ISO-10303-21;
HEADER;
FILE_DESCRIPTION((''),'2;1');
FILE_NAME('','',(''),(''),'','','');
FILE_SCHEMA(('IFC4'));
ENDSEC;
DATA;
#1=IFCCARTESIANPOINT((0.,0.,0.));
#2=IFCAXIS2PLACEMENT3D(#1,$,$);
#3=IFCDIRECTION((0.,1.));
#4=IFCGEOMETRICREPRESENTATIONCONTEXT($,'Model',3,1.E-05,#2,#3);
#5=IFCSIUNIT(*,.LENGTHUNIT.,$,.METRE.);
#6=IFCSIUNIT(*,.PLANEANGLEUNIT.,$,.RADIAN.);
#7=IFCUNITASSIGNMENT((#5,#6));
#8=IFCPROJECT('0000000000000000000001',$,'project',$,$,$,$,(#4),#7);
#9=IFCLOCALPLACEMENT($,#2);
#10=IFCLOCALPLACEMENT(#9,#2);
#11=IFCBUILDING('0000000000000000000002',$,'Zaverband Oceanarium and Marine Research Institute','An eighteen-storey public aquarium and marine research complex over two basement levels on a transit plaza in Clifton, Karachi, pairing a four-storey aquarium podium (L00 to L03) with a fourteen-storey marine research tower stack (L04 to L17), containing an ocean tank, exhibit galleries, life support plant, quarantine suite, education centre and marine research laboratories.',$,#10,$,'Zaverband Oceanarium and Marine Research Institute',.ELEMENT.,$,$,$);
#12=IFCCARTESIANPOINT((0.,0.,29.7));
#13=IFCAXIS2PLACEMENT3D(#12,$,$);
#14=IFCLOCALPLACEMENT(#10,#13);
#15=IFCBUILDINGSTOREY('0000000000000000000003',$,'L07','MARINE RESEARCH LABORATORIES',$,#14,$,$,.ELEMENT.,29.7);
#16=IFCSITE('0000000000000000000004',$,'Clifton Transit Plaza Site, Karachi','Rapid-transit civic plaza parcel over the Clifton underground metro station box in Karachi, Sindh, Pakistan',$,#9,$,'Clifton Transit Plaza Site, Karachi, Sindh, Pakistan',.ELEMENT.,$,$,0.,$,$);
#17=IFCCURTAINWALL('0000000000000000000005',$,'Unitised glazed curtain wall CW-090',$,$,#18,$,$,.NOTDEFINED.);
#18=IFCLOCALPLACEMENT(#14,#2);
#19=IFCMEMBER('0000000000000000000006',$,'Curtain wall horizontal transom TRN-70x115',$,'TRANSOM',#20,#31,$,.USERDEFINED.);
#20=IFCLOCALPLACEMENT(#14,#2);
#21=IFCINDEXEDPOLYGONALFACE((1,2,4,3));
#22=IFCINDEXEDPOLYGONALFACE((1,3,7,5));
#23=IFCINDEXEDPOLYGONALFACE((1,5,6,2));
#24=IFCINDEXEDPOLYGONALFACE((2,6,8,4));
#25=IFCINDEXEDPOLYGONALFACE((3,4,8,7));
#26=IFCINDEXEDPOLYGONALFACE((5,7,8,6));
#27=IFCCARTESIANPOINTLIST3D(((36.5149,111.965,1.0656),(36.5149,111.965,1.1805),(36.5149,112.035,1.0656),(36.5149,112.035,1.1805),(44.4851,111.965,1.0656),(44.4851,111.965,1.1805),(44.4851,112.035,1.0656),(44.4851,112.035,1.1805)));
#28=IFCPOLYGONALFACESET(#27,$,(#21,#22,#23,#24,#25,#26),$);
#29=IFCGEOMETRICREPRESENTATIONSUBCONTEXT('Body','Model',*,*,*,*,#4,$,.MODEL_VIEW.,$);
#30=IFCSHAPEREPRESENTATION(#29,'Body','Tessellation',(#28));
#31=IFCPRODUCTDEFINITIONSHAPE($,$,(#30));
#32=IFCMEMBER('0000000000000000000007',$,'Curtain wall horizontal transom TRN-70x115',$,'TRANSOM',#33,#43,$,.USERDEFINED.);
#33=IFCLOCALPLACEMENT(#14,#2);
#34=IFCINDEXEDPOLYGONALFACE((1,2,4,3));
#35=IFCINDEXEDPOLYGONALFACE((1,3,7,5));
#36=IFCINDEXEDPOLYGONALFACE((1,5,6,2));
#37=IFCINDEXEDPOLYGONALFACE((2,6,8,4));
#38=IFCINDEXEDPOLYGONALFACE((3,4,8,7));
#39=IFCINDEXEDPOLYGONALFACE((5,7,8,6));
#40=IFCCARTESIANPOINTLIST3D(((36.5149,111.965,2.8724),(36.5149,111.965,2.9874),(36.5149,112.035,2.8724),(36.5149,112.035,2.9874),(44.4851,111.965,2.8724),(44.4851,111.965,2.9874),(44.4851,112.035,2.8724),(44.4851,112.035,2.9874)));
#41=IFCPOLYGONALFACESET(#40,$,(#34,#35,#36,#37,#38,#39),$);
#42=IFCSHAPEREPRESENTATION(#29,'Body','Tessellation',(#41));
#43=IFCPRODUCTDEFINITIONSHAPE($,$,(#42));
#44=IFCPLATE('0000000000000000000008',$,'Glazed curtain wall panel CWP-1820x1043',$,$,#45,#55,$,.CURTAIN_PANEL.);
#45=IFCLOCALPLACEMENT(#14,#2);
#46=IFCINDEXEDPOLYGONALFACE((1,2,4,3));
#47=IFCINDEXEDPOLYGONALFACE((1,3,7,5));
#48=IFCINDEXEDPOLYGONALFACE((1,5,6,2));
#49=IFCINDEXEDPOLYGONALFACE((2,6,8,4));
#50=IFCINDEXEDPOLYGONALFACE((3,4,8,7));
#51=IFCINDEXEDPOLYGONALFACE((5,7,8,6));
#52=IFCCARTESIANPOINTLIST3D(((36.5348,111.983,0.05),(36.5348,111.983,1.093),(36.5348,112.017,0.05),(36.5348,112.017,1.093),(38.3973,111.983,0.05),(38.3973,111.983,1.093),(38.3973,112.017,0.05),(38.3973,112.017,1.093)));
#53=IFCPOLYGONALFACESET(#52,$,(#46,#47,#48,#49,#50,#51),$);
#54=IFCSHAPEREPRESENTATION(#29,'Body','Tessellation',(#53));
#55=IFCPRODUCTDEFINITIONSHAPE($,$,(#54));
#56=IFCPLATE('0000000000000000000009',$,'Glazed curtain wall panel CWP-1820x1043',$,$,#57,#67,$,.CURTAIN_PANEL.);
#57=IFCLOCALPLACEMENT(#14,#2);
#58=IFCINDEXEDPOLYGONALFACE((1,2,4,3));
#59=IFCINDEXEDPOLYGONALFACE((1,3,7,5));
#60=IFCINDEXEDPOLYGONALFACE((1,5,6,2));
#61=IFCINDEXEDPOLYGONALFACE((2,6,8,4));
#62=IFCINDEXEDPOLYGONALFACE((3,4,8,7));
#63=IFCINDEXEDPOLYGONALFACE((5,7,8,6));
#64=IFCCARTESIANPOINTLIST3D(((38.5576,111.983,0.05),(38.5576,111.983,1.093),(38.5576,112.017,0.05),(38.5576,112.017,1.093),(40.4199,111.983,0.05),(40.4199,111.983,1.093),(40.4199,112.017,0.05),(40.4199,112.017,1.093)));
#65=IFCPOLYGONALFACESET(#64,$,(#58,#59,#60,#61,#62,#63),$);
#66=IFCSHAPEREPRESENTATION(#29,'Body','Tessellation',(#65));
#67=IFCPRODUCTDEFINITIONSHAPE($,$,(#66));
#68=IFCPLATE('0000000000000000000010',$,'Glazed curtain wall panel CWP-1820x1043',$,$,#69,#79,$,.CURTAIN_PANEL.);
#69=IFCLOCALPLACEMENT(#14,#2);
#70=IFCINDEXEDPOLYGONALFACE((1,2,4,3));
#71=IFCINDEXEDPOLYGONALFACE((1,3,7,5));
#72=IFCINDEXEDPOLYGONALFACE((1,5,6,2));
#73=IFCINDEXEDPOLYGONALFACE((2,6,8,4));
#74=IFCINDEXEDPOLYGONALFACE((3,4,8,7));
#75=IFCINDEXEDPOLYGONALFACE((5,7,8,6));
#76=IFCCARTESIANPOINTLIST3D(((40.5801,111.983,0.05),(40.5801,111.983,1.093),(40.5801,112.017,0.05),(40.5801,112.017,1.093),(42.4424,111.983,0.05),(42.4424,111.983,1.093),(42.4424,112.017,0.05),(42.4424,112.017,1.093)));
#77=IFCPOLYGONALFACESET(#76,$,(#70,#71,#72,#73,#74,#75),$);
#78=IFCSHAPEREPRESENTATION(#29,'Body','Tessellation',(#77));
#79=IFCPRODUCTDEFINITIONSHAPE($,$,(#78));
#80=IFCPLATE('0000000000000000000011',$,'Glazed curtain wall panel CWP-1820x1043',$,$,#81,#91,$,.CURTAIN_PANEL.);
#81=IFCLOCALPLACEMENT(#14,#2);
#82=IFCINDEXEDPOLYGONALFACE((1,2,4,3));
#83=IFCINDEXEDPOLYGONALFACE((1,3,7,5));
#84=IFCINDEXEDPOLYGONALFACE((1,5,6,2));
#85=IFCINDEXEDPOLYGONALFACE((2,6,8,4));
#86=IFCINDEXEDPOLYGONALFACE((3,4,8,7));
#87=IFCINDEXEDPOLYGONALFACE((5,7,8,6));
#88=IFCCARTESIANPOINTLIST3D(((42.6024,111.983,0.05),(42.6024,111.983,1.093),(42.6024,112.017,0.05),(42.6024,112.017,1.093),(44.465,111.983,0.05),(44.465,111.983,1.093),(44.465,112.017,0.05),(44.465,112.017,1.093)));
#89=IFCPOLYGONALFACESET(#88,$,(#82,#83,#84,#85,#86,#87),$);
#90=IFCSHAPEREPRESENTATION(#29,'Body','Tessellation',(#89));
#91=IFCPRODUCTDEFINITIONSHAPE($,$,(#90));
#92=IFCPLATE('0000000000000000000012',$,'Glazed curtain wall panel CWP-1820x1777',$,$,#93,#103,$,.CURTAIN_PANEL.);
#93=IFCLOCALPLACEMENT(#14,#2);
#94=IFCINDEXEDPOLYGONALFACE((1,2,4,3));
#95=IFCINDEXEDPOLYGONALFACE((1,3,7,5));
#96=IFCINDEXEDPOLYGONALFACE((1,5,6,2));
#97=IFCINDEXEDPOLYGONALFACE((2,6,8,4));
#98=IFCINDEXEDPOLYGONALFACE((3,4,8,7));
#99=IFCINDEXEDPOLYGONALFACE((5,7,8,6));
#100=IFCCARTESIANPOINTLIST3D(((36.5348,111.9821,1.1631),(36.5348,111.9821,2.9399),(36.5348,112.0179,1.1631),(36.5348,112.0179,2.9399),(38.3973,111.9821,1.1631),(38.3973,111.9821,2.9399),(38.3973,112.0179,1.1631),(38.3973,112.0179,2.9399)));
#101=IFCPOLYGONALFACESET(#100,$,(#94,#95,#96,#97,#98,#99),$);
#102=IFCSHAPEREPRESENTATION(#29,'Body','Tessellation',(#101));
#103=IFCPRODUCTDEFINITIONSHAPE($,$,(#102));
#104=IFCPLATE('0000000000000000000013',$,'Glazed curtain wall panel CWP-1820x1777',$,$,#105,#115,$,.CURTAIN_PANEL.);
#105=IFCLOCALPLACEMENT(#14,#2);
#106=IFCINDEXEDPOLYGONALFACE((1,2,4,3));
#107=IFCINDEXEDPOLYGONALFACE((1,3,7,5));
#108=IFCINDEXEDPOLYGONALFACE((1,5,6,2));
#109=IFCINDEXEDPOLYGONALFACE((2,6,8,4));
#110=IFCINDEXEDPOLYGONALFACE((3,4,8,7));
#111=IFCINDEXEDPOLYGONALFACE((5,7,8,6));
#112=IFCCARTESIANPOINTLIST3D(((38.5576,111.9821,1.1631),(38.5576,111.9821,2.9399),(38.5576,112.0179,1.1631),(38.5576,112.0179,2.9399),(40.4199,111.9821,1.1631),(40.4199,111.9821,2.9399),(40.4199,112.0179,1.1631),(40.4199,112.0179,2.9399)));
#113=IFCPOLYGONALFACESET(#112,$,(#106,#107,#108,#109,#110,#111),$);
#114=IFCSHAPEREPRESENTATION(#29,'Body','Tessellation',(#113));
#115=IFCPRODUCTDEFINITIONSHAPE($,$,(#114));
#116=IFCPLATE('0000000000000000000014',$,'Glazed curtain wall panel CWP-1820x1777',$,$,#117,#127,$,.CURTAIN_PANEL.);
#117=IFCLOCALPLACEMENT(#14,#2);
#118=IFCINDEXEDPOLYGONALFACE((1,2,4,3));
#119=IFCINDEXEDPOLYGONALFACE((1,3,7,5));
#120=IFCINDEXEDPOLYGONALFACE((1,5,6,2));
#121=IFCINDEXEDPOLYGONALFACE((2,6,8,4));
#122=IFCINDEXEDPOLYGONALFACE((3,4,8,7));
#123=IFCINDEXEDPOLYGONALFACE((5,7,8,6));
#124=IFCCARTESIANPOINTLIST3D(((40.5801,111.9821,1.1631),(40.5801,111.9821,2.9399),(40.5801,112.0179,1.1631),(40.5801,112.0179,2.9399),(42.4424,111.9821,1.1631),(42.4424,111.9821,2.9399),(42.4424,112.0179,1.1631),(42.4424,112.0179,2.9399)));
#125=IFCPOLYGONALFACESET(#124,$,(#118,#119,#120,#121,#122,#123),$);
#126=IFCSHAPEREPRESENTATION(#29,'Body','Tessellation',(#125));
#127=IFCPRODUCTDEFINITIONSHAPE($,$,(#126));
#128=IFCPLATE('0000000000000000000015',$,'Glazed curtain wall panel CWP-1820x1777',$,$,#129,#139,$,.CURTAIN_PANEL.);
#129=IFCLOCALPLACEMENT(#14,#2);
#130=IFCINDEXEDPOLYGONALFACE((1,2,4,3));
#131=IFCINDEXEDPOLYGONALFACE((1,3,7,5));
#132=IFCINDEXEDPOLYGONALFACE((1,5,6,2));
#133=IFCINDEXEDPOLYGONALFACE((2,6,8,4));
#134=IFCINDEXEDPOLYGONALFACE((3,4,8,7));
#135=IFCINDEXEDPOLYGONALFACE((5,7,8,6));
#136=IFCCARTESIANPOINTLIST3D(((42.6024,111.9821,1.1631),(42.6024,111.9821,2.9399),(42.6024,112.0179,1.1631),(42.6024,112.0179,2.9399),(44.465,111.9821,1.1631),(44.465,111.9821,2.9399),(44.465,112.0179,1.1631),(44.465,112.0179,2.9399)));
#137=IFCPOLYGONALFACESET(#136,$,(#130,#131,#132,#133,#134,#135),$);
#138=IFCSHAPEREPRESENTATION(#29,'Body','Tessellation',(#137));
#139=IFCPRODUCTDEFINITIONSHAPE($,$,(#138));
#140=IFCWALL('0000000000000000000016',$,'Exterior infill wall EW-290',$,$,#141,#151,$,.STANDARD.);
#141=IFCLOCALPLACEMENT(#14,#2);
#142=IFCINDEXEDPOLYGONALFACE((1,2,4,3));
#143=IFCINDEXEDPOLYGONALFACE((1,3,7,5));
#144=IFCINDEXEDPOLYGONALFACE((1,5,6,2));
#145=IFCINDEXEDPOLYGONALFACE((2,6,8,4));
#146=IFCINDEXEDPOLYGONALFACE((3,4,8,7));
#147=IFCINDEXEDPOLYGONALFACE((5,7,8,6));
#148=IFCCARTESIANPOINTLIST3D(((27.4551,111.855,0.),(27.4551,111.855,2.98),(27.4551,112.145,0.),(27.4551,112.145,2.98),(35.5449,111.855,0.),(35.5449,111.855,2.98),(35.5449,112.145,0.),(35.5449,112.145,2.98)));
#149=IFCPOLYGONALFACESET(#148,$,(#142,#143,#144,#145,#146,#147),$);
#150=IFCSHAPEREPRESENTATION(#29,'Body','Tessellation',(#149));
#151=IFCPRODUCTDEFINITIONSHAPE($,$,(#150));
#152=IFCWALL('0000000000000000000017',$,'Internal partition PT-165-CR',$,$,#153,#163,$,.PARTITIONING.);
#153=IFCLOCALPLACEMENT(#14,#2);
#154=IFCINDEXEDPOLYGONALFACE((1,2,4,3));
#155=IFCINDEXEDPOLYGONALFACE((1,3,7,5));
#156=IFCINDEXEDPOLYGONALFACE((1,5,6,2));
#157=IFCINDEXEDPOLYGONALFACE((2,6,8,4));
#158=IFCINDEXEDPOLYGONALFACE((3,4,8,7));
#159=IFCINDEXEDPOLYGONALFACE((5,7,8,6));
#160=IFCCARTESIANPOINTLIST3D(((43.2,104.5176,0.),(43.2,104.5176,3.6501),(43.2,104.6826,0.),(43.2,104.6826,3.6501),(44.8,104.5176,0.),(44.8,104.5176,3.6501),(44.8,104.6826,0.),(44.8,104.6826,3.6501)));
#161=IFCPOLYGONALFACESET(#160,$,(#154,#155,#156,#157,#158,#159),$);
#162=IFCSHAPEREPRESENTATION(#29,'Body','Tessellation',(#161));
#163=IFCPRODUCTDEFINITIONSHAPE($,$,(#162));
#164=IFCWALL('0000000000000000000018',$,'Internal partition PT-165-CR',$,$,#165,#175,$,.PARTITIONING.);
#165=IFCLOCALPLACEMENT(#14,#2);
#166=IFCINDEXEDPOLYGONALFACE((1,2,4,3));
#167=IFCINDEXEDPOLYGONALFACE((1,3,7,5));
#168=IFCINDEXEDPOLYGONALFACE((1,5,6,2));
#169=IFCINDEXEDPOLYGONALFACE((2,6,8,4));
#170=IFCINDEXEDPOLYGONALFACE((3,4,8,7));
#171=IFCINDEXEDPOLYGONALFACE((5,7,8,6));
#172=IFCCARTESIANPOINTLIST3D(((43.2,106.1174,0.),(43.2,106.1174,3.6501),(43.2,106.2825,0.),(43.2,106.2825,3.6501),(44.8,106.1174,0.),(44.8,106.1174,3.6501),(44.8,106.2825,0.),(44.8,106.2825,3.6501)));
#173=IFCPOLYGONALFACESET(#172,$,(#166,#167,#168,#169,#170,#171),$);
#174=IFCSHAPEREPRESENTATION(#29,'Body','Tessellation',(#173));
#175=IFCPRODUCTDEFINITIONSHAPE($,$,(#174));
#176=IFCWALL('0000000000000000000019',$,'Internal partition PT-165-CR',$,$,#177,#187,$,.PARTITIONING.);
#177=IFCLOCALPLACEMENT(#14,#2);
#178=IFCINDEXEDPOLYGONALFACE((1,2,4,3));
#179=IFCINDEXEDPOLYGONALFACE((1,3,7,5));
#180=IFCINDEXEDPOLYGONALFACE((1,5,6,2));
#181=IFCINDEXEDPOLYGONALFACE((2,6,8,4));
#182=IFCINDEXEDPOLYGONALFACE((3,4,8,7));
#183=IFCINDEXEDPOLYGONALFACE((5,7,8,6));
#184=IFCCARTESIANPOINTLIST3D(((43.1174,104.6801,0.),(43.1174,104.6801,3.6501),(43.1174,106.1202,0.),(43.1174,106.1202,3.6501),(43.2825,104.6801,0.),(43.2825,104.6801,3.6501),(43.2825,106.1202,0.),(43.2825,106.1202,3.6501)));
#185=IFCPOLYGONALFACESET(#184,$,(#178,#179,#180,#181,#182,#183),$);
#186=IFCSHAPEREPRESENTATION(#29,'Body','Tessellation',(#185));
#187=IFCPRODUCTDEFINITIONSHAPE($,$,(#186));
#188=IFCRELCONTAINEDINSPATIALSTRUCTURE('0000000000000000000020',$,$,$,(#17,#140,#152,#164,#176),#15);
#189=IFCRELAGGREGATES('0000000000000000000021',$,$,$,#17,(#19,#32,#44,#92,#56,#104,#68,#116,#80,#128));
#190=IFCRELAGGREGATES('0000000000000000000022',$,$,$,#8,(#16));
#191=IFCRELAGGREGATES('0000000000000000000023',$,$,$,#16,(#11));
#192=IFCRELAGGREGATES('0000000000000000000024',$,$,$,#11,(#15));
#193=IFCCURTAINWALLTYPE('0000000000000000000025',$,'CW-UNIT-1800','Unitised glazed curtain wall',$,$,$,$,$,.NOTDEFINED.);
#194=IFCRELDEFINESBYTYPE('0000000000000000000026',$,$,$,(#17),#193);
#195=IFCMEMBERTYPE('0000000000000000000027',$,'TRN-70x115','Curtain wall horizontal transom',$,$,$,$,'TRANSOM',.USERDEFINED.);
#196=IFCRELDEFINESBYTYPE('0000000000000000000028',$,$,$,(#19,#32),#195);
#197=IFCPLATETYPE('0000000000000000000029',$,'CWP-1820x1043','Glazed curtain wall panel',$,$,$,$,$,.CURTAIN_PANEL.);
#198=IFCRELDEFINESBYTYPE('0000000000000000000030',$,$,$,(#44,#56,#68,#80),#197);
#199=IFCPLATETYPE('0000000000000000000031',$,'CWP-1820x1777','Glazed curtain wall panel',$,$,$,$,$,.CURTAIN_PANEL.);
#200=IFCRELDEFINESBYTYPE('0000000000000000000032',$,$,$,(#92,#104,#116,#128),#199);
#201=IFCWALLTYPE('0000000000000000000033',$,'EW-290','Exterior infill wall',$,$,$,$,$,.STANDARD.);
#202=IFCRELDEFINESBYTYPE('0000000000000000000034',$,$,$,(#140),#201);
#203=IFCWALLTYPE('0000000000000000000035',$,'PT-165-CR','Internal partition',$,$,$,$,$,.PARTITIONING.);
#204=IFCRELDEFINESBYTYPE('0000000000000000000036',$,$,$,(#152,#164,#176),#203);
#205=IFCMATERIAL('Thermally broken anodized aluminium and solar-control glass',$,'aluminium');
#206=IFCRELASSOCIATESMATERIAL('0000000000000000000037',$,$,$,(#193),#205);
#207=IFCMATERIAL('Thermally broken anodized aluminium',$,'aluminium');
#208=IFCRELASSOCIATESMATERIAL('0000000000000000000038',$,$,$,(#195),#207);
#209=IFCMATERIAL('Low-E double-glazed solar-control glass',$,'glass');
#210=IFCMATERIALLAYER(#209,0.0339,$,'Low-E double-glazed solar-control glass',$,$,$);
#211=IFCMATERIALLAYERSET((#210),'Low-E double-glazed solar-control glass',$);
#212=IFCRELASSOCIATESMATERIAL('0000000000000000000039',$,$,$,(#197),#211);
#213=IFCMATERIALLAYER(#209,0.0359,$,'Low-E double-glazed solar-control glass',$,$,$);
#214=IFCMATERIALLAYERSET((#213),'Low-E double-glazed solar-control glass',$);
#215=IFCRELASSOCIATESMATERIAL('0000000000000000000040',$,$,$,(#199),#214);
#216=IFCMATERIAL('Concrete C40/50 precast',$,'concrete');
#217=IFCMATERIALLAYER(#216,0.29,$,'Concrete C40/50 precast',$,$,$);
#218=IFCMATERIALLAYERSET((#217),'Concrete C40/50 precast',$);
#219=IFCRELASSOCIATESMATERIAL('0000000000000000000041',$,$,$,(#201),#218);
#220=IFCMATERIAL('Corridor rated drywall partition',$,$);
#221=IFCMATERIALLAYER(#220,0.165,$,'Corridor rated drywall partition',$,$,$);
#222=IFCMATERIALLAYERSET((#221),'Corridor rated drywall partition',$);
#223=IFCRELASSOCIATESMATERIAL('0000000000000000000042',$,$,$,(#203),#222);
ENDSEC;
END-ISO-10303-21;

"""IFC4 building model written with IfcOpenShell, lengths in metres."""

from ifc_helpers import new_model, si_unit, direction, frame, frame_2d, origin, origin_2d, place, context, subcontext, project, spatial, rectangle, extrude, material, layer, layer_set, material_profile, profile_set, type_object, element, aggregate, save


model = new_model("IFC4")

# Units and contexts
model_context = context("Model", 3, precision=1e-05, world=origin(), true_north=direction((0.0, 1.0)))
body_context = subcontext(model_context, "Body", "Model", "MODEL_VIEW")
ifc_project = project(units=[si_unit("LENGTHUNIT", "METRE"), si_unit("PLANEANGLEUNIT", "RADIAN")], contexts=[model_context])

# Site, building, storey
site_placement = place(None, origin())
site = spatial("IfcSite", under=ifc_project, at=site_placement, Name="Clifton Transit Plaza Site, Karachi", Description="Rapid-transit civic plaza parcel over the Clifton underground metro station box in Karachi, Sindh, Pakistan", LongName="Clifton Transit Plaza Site, Karachi, Sindh, Pakistan", CompositionType="ELEMENT", RefElevation=0.0)
building_placement = place(site_placement, origin())
building = spatial("IfcBuilding", under=site, at=building_placement, Name="Zaverband Oceanarium and Marine Research Institute", Description="An eighteen-storey public aquarium and marine research complex over two basement levels on a transit plaza in Clifton, Karachi, pairing a four-storey aquarium podium (L00 to L03) with a fourteen-storey marine research tower stack (L04 to L17), containing an ocean tank, exhibit galleries, life support plant, quarantine suite, education centre and marine research laboratories.", LongName="Zaverband Oceanarium and Marine Research Institute", CompositionType="ELEMENT")
storey_placement = place(building_placement, frame((0.0, 0.0, 29.7)))
storey = spatial("IfcBuildingStorey", under=building, at=storey_placement, Name="L07", Description="MARINE RESEARCH LABORATORIES", CompositionType="ELEMENT", Elevation=29.7)

# Curtain wall
ifc_material_1 = material(Name="Thermally broken anodized aluminium and solar-control glass", Category="aluminium")
curtain_wall_type = type_object("IfcCurtainWallType", Name="CW-UNIT-1800", Description="Unitised glazed curtain wall", PredefinedType="NOTDEFINED", material=ifc_material_1)
curtain_wall_placement = place(storey_placement, origin())
curtain_wall = element("IfcCurtainWall", 1, at=curtain_wall_placement, inside=storey, type_object=curtain_wall_type, Name="Unitised glazed curtain wall CW-090", PredefinedType="NOTDEFINED")
ifc_material_2 = material(Name="Thermally broken anodized aluminium", Category="aluminium")

# Members
ifc_material_profile_1 = material_profile(ifc_material_2, rectangle(XDim=0.0701, YDim=0.115, at=origin_2d()), Name="AL-TRN-70x115")
ifc_profile_set_1 = profile_set([ifc_material_profile_1], Name="Thermally broken anodized aluminium")
member_type_1 = type_object("IfcMemberType", Name="TRN-70x115", Description="Curtain wall horizontal transom", ElementType="TRANSOM", PredefinedType="USERDEFINED", material=ifc_profile_set_1)
member_1_placement = place(storey_placement, frame((36.5149, 112.0, 1.123), z_axis=(1.0, 0.0, 0.0), x_axis=(0.0, 1.0, 0.0)))
member_1 = element("IfcMember", 2, at=member_1_placement, type_object=member_type_1, Name="Curtain wall horizontal transom TRN-70x115", ObjectType="TRANSOM", PredefinedType="USERDEFINED", context=body_context, shape_type="SweptSolid", body=[
    extrude(rectangle(XDim=0.0701, YDim=0.115, at=origin_2d()), origin(), (0.0, 0.0, 1.0), 7.9702),
])
member_2_placement = place(storey_placement, frame((36.5149, 112.0, 2.9299), z_axis=(1.0, 0.0, 0.0), x_axis=(0.0, 1.0, 0.0)))
member_2 = element("IfcMember", 3, at=member_2_placement, type_object=member_type_1, Name="Curtain wall horizontal transom TRN-70x115", ObjectType="TRANSOM", PredefinedType="USERDEFINED", context=body_context, shape_type="SweptSolid", body=[
    extrude(rectangle(XDim=0.0701, YDim=0.115, at=origin_2d()), origin(), (0.0, 0.0, 1.0), 7.9702),
])

# Plates
ifc_material_3 = material(Name="Low-E double-glazed solar-control glass", Category="glass")
ifc_layer_1 = layer(ifc_material_3, 0.0339, Name="Low-E double-glazed solar-control glass")
ifc_layer_set_1 = layer_set([ifc_layer_1], Name="Low-E double-glazed solar-control glass")
plate_type_1 = type_object("IfcPlateType", Name="CWP-1820x1043", Description="Glazed curtain wall panel", PredefinedType="CURTAIN_PANEL", material=ifc_layer_set_1)
plate_1_placement = place(storey_placement, frame((36.5349, 112.0, 0.05), z_axis=(0.0, 0.0, 1.0), x_axis=(1.0, 0.0, 0.0)))
plate_1 = element("IfcPlate", 4, at=plate_1_placement, type_object=plate_type_1, Name="Glazed curtain wall panel CWP-1820x1043", PredefinedType="CURTAIN_PANEL", context=body_context, shape_type="SweptSolid", body=[
    extrude(rectangle(XDim=1.8625, YDim=0.0339, at=frame_2d((0.9312, 0.0))), origin(), (0.0, 0.0, 1.0), 1.043),
])
plate_2_placement = place(storey_placement, frame((38.5576, 112.0, 0.05), z_axis=(0.0, 0.0, 1.0), x_axis=(1.0, 0.0, 0.0)))
plate_2 = element("IfcPlate", 5, at=plate_2_placement, type_object=plate_type_1, Name="Glazed curtain wall panel CWP-1820x1043", PredefinedType="CURTAIN_PANEL", context=body_context, shape_type="SweptSolid", body=[
    extrude(rectangle(XDim=1.8623, YDim=0.0339, at=frame_2d((0.9312, 0.0))), origin(), (0.0, 0.0, 1.0), 1.043),
])
plate_3_placement = place(storey_placement, frame((40.5801, 112.0, 0.05), z_axis=(0.0, 0.0, 1.0), x_axis=(1.0, 0.0, 0.0)))
plate_3 = element("IfcPlate", 6, at=plate_3_placement, type_object=plate_type_1, Name="Glazed curtain wall panel CWP-1820x1043", PredefinedType="CURTAIN_PANEL", context=body_context, shape_type="SweptSolid", body=[
    extrude(rectangle(XDim=1.8623, YDim=0.0339, at=frame_2d((0.9312, 0.0))), origin(), (0.0, 0.0, 1.0), 1.043),
])
plate_4_placement = place(storey_placement, frame((42.6025, 112.0, 0.05), z_axis=(0.0, 0.0, 1.0), x_axis=(1.0, 0.0, 0.0)))
plate_4 = element("IfcPlate", 7, at=plate_4_placement, type_object=plate_type_1, Name="Glazed curtain wall panel CWP-1820x1043", PredefinedType="CURTAIN_PANEL", context=body_context, shape_type="SweptSolid", body=[
    extrude(rectangle(XDim=1.8625, YDim=0.0339, at=frame_2d((0.9312, 0.0))), origin(), (0.0, 0.0, 1.0), 1.043),
])
ifc_layer_2 = layer(ifc_material_3, 0.0359, Name="Low-E double-glazed solar-control glass")
ifc_layer_set_2 = layer_set([ifc_layer_2], Name="Low-E double-glazed solar-control glass")
plate_type_2 = type_object("IfcPlateType", Name="CWP-1820x1777", Description="Glazed curtain wall panel", PredefinedType="CURTAIN_PANEL", material=ifc_layer_set_2)
plate_5_placement = place(storey_placement, frame((36.5349, 112.0, 1.1631), z_axis=(0.0, 0.0, 1.0), x_axis=(1.0, 0.0, 0.0)))
plate_5 = element("IfcPlate", 8, at=plate_5_placement, type_object=plate_type_2, Name="Glazed curtain wall panel CWP-1820x1777", PredefinedType="CURTAIN_PANEL", context=body_context, shape_type="SweptSolid", body=[
    extrude(rectangle(XDim=1.8625, YDim=0.0359, at=frame_2d((0.9312, 0.0))), origin(), (0.0, 0.0, 1.0), 1.7769),
])
plate_6_placement = place(storey_placement, frame((38.5576, 112.0, 1.1631), z_axis=(0.0, 0.0, 1.0), x_axis=(1.0, 0.0, 0.0)))
plate_6 = element("IfcPlate", 9, at=plate_6_placement, type_object=plate_type_2, Name="Glazed curtain wall panel CWP-1820x1777", PredefinedType="CURTAIN_PANEL", context=body_context, shape_type="SweptSolid", body=[
    extrude(rectangle(XDim=1.8623, YDim=0.0359, at=frame_2d((0.9312, 0.0))), origin(), (0.0, 0.0, 1.0), 1.7769),
])
plate_7_placement = place(storey_placement, frame((40.5801, 112.0, 1.1631), z_axis=(0.0, 0.0, 1.0), x_axis=(1.0, 0.0, 0.0)))
plate_7 = element("IfcPlate", 10, at=plate_7_placement, type_object=plate_type_2, Name="Glazed curtain wall panel CWP-1820x1777", PredefinedType="CURTAIN_PANEL", context=body_context, shape_type="SweptSolid", body=[
    extrude(rectangle(XDim=1.8623, YDim=0.0359, at=frame_2d((0.9312, 0.0))), origin(), (0.0, 0.0, 1.0), 1.7769),
])
plate_8_placement = place(storey_placement, frame((42.6025, 112.0, 1.1631), z_axis=(0.0, 0.0, 1.0), x_axis=(1.0, 0.0, 0.0)))
plate_8 = element("IfcPlate", 11, at=plate_8_placement, type_object=plate_type_2, Name="Glazed curtain wall panel CWP-1820x1777", PredefinedType="CURTAIN_PANEL", context=body_context, shape_type="SweptSolid", body=[
    extrude(rectangle(XDim=1.8625, YDim=0.0359, at=frame_2d((0.9312, 0.0))), origin(), (0.0, 0.0, 1.0), 1.7769),
])
aggregate(curtain_wall, [member_1, member_2, plate_1, plate_5, plate_2, plate_6, plate_3, plate_7, plate_4, plate_8])

# Walls
ifc_material_4 = material(Name="Concrete C40/50 precast", Category="concrete")
ifc_layer_3 = layer(ifc_material_4, 0.29, Name="Concrete C40/50 precast")
ifc_layer_set_3 = layer_set([ifc_layer_3], Name="Concrete C40/50 precast")
wall_type_1 = type_object("IfcWallType", Name="EW-290", Description="Exterior infill wall", PredefinedType="STANDARD", material=ifc_layer_set_3)
wall_1_placement = place(storey_placement, frame((27.4551, 112.0, 0.0), z_axis=(0.0, 0.0, 1.0), x_axis=(1.0, 0.0, 0.0)))
element("IfcWall", 12, at=wall_1_placement, inside=storey, type_object=wall_type_1, Name="Exterior infill wall EW-290", PredefinedType="STANDARD", context=body_context, shape_type="SweptSolid", body=[
    extrude(rectangle(XDim=8.0898, YDim=0.29, at=frame_2d((4.0449, 0.0))), origin(), (0.0, 0.0, 1.0), 2.98),
])
ifc_material_5 = material(Name="Corridor rated drywall partition")
ifc_layer_4 = layer(ifc_material_5, 0.165, Name="Corridor rated drywall partition")
ifc_layer_set_4 = layer_set([ifc_layer_4], Name="Corridor rated drywall partition")
wall_type_2 = type_object("IfcWallType", Name="PT-165-CR", Description="Internal partition", PredefinedType="PARTITIONING", material=ifc_layer_set_4)
for number, where, z_axis, x_axis, name in (
    (13, (43.2, 104.6001, 0.0), (0.0, 0.0, 1.0), (1.0, 0.0, 0.0), "Internal partition PT-165-CR"),
    (14, (43.2, 106.2, 0.0), (0.0, 0.0, 1.0), (1.0, 0.0, 0.0), "Internal partition PT-165-CR"),
):
    element("IfcWall", number, at=place(storey_placement, frame(where, z_axis=z_axis, x_axis=x_axis)), inside=storey, type_object=wall_type_2, Name=name, PredefinedType="PARTITIONING", context=body_context, shape_type="SweptSolid", body=[
        extrude(rectangle(XDim=1.6001, YDim=0.165, at=frame_2d((0.8, 0.0))), origin(), (0.0, 0.0, 1.0), 3.6501),
    ])
wall_2_placement = place(storey_placement, frame((43.2, 104.6799, 0.0), z_axis=(0.0, 0.0, 1.0), x_axis=(0.0, 1.0, 0.0)))
element("IfcWall", 15, at=wall_2_placement, inside=storey, type_object=wall_type_2, Name="Internal partition PT-165-CR", PredefinedType="PARTITIONING", context=body_context, shape_type="SweptSolid", body=[
    extrude(rectangle(XDim=1.4402, YDim=0.165, at=frame_2d((0.7202, 0.0))), origin(), (0.0, 0.0, 1.0), 3.6501),
])

save(model, "model.ifc")
